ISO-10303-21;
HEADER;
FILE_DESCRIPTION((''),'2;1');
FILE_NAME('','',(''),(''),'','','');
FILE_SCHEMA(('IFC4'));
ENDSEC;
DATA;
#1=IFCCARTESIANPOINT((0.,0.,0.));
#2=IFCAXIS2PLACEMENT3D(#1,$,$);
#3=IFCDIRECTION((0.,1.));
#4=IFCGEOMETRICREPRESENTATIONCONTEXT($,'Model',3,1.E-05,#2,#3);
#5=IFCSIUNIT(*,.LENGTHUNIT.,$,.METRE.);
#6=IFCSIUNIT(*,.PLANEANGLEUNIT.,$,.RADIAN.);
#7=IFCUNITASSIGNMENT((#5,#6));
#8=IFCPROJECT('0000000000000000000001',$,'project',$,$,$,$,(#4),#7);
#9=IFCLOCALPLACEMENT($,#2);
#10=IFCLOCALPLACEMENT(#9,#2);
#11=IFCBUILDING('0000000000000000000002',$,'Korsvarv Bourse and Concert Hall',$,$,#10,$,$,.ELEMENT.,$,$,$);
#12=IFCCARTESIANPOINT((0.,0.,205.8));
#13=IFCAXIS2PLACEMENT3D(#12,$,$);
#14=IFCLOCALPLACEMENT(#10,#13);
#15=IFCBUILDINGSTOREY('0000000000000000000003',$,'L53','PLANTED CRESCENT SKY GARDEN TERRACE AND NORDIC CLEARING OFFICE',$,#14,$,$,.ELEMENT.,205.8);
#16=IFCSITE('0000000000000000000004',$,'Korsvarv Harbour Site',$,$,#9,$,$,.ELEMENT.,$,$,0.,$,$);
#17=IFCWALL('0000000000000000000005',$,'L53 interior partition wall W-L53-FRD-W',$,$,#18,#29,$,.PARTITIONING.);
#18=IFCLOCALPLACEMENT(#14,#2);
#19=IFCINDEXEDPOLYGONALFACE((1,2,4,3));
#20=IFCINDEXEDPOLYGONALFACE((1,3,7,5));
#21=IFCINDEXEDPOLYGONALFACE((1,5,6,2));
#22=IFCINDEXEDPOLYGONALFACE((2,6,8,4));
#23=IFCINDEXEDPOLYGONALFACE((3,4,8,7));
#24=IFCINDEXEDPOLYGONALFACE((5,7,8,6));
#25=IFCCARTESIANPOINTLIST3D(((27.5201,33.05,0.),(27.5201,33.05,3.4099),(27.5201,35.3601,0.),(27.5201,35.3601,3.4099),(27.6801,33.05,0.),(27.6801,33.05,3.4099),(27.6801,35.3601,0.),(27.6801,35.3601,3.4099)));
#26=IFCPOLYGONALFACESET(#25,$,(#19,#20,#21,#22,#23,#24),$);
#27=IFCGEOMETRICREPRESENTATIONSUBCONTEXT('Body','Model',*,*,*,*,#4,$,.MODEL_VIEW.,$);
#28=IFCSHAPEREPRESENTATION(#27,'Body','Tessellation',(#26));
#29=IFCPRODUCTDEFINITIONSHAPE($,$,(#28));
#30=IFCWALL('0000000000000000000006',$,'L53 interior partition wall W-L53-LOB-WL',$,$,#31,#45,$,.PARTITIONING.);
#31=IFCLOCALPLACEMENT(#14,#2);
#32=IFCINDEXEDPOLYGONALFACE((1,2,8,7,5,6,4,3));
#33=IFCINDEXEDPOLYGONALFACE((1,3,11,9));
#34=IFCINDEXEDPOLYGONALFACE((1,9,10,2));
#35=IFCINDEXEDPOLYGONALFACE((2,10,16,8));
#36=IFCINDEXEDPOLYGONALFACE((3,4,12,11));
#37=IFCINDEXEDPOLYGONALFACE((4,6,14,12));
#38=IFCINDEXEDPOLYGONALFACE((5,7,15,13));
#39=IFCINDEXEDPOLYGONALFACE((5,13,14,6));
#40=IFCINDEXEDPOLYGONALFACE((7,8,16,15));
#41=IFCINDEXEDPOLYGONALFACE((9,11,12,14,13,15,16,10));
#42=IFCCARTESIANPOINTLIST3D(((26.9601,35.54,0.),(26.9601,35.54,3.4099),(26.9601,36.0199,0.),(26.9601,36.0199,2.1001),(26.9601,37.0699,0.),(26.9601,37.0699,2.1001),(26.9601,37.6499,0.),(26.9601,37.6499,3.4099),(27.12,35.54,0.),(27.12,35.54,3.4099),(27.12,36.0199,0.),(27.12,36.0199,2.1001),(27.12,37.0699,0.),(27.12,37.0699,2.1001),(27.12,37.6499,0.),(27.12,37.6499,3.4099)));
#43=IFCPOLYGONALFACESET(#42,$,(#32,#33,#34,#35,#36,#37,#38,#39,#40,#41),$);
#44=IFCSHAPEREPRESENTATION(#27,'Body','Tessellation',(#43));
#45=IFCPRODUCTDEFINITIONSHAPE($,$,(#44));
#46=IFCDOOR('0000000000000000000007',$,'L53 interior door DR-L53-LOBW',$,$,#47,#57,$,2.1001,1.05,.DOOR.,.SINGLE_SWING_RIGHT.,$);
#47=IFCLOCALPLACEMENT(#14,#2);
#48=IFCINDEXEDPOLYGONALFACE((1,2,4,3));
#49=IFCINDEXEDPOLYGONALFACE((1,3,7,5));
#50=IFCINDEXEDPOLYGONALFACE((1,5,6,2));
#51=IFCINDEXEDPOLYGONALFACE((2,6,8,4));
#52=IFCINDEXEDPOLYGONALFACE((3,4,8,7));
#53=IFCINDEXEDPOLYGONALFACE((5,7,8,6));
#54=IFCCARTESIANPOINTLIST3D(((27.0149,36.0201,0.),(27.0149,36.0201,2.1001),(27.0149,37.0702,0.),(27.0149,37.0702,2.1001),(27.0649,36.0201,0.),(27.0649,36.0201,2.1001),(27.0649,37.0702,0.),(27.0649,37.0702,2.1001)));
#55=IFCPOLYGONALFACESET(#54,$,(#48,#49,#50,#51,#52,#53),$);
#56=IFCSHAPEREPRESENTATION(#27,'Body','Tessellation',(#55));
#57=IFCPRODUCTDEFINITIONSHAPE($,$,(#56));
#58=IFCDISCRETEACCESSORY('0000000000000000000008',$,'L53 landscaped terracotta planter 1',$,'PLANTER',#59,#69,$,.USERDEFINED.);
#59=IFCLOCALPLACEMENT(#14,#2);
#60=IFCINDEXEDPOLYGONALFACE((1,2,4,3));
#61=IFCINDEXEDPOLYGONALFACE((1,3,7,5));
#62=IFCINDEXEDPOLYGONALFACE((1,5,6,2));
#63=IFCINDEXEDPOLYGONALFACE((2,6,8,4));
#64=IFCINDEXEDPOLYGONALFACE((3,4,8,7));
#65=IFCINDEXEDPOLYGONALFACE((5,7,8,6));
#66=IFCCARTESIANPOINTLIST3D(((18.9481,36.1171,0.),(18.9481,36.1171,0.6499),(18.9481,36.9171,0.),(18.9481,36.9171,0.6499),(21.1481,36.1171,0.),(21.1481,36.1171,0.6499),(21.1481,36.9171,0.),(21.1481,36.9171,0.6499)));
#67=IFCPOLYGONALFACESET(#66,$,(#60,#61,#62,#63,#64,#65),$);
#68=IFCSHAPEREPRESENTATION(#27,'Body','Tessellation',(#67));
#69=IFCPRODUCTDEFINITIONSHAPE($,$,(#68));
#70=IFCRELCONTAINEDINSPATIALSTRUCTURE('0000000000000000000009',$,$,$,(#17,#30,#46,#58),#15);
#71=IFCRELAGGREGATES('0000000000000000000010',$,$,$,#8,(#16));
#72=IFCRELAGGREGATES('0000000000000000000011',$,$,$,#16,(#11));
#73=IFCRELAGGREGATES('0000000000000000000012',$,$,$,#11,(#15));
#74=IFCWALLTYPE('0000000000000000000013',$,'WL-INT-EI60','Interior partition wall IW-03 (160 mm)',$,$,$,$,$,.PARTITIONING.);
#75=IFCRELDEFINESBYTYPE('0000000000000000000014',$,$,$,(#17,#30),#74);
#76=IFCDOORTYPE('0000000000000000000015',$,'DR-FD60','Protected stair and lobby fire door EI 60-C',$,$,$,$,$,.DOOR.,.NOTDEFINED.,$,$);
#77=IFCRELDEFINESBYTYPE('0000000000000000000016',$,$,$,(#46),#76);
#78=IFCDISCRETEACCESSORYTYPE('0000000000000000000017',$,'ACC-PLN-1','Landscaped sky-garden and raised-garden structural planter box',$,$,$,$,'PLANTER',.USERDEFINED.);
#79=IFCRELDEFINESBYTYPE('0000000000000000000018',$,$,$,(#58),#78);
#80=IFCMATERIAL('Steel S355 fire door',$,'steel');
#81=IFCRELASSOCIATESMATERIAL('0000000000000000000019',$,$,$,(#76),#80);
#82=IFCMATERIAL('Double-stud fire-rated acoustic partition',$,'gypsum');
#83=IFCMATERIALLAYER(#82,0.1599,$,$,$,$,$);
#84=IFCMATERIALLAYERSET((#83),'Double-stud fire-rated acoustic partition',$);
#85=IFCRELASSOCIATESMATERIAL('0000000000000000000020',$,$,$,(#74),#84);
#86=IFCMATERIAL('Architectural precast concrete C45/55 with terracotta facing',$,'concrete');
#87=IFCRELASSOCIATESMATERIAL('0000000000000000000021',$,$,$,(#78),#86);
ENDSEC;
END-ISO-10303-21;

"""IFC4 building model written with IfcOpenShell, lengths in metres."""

from ifc_helpers import new_model, si_unit, direction, frame, frame_2d, origin, origin_2d, place, context, subcontext, project, spatial, rectangle, extrude, source, transform, mapped, material, layer, layer_set, type_object, element, fill, save


model = new_model("IFC4")

# Units and contexts
model_context = context("Model", 3, precision=1e-05, world=origin(), true_north=direction((0.0, 1.0)))
body_context = subcontext(model_context, "Body", "Model", "MODEL_VIEW")
ifc_project = project(units=[si_unit("LENGTHUNIT", "METRE"), si_unit("PLANEANGLEUNIT", "RADIAN")], contexts=[model_context])

# Site, building, storey
site_placement = place(None, origin())
site = spatial("IfcSite", under=ifc_project, at=site_placement, Name="Korsvarv Harbour Site", CompositionType="ELEMENT", RefElevation=0.0)
building_placement = place(site_placement, origin())
building = spatial("IfcBuilding", under=site, at=building_placement, Name="Korsvarv Bourse and Concert Hall", CompositionType="ELEMENT")
storey_placement = place(building_placement, frame((0.0, 0.0, 205.8)))
storey = spatial("IfcBuildingStorey", under=building, at=storey_placement, Name="L53", Description="PLANTED CRESCENT SKY GARDEN TERRACE AND NORDIC CLEARING OFFICE", CompositionType="ELEMENT", Elevation=205.8)

# Shared definitions
ifc_material_1 = material(Name="Steel S355 fire door", Category="steel")
door_type = type_object("IfcDoorType", Name="DR-FD60", Description="Protected stair and lobby fire door EI 60-C", OperationType="NOTDEFINED", PredefinedType="DOOR", material=ifc_material_1)

# Wall
ifc_material_2 = material(Name="Double-stud fire-rated acoustic partition", Category="gypsum")
ifc_layer_1 = layer(ifc_material_2, 0.1599)
ifc_layer_set_1 = layer_set([ifc_layer_1], Name="Double-stud fire-rated acoustic partition")
wall_type_1 = type_object("IfcWallType", Name="WL-INT-EI60", Description="Interior partition wall IW-03 (160 mm)", PredefinedType="PARTITIONING", material=ifc_layer_set_1)
wall_1_placement = place(storey_placement, frame((27.6001, 33.05, 0.0), z_axis=(0.0, 0.0, 1.0), x_axis=(0.0, 1.0, 0.0)))
element("IfcWall", 1, at=wall_1_placement, inside=storey, type_object=wall_type_1, Name="L53 interior partition wall W-L53-FRD-W", PredefinedType="PARTITIONING", context=body_context, shape_type="SweptSolid", body=[
    extrude(rectangle(XDim=2.3101, YDim=0.1599, at=frame_2d((1.155, 0.0))), origin(), (0.0, 0.0, 1.0), 3.4099),
])

# Wall, opening, door
wall_2_placement = place(storey_placement, frame((27.04, 35.54, 0.0), z_axis=(0.0, 0.0, 1.0), x_axis=(0.0, 1.0, 0.0)))
wall_2 = element("IfcWall", 2, at=wall_2_placement, inside=storey, type_object=wall_type_1, Name="L53 interior partition wall W-L53-LOB-WL", PredefinedType="PARTITIONING", context=body_context, shape_type="SweptSolid", body=[
    extrude(rectangle(XDim=2.1099, YDim=0.1599, at=frame_2d((1.0549, 0.0))), origin(), (0.0, 0.0, 1.0), 3.4099),
])
opening_1_placement = place(wall_2_placement, frame((0.48, 0.0, 0.0)))
opening_1 = element("IfcOpeningElement", 3, at=opening_1_placement, cuts=wall_2, PredefinedType="OPENING", context=body_context, shape_type="SweptSolid", body=[
    extrude(rectangle(XDim=1.05, YDim=2.1001, at=frame_2d((0.5249, 1.05))), frame((0.0, 0.0898, 0.0), z_axis=(0.0, -1.0, 0.0), x_axis=(1.0, 0.0, 0.0)), (0.0, 0.0, 1.0), 0.1799),
])
door_1_placement = place(opening_1_placement, frame((1.05, 0.0, 0.0), z_axis=(0.0, 0.0, 1.0), x_axis=(-1.0, 0.0, 0.0)))
door_1 = element("IfcDoor", 4, at=door_1_placement, inside=storey, type_object=door_type, Name="L53 interior door DR-L53-LOBW", OperationType="SINGLE_SWING_RIGHT", OverallHeight=2.1001, OverallWidth=1.05, PredefinedType="DOOR", context=body_context, shape_type="SweptSolid", body=[
    extrude(rectangle(XDim=1.05, YDim=2.1001, at=frame_2d((0.5249, 1.05))), frame((0.0, 0.0249, 0.0), z_axis=(0.0, -1.0, 0.0), x_axis=(1.0, 0.0, 0.0)), (0.0, 0.0, 1.0), 0.05),
])
fill(opening_1, door_1)

# Discrete accessory
ifc_material_3 = material(Name="Architectural precast concrete C45/55 with terracotta facing", Category="concrete")
discrete_accessory_type = type_object("IfcDiscreteAccessoryType", Name="ACC-PLN-1", Description="Landscaped sky-garden and raised-garden structural planter box", ElementType="PLANTER", PredefinedType="USERDEFINED", material=ifc_material_3)
shared_shape_1 = source(origin(), body_context, "Body", "SweptSolid", [
    extrude(rectangle(XDim=2.2, YDim=0.8, at=origin_2d()), origin(), (0.0, 0.0, 1.0), 0.6499),
])
discrete_accessory_placement = place(storey_placement, frame((20.0481, 36.5171, 0.0), z_axis=(0.0, 0.0, 1.0), x_axis=(1.0, 0.0, 0.0)))
element("IfcDiscreteAccessory", 5, at=discrete_accessory_placement, inside=storey, type_object=discrete_accessory_type, Name="L53 landscaped terracotta planter 1", ObjectType="PLANTER", PredefinedType="USERDEFINED", context=body_context, shape_type="MappedRepresentation", body=[
    mapped(shared_shape_1, transform((0.0, 0.0, 0.0), scale=1.0)),
])

save(model, "model.ifc")
